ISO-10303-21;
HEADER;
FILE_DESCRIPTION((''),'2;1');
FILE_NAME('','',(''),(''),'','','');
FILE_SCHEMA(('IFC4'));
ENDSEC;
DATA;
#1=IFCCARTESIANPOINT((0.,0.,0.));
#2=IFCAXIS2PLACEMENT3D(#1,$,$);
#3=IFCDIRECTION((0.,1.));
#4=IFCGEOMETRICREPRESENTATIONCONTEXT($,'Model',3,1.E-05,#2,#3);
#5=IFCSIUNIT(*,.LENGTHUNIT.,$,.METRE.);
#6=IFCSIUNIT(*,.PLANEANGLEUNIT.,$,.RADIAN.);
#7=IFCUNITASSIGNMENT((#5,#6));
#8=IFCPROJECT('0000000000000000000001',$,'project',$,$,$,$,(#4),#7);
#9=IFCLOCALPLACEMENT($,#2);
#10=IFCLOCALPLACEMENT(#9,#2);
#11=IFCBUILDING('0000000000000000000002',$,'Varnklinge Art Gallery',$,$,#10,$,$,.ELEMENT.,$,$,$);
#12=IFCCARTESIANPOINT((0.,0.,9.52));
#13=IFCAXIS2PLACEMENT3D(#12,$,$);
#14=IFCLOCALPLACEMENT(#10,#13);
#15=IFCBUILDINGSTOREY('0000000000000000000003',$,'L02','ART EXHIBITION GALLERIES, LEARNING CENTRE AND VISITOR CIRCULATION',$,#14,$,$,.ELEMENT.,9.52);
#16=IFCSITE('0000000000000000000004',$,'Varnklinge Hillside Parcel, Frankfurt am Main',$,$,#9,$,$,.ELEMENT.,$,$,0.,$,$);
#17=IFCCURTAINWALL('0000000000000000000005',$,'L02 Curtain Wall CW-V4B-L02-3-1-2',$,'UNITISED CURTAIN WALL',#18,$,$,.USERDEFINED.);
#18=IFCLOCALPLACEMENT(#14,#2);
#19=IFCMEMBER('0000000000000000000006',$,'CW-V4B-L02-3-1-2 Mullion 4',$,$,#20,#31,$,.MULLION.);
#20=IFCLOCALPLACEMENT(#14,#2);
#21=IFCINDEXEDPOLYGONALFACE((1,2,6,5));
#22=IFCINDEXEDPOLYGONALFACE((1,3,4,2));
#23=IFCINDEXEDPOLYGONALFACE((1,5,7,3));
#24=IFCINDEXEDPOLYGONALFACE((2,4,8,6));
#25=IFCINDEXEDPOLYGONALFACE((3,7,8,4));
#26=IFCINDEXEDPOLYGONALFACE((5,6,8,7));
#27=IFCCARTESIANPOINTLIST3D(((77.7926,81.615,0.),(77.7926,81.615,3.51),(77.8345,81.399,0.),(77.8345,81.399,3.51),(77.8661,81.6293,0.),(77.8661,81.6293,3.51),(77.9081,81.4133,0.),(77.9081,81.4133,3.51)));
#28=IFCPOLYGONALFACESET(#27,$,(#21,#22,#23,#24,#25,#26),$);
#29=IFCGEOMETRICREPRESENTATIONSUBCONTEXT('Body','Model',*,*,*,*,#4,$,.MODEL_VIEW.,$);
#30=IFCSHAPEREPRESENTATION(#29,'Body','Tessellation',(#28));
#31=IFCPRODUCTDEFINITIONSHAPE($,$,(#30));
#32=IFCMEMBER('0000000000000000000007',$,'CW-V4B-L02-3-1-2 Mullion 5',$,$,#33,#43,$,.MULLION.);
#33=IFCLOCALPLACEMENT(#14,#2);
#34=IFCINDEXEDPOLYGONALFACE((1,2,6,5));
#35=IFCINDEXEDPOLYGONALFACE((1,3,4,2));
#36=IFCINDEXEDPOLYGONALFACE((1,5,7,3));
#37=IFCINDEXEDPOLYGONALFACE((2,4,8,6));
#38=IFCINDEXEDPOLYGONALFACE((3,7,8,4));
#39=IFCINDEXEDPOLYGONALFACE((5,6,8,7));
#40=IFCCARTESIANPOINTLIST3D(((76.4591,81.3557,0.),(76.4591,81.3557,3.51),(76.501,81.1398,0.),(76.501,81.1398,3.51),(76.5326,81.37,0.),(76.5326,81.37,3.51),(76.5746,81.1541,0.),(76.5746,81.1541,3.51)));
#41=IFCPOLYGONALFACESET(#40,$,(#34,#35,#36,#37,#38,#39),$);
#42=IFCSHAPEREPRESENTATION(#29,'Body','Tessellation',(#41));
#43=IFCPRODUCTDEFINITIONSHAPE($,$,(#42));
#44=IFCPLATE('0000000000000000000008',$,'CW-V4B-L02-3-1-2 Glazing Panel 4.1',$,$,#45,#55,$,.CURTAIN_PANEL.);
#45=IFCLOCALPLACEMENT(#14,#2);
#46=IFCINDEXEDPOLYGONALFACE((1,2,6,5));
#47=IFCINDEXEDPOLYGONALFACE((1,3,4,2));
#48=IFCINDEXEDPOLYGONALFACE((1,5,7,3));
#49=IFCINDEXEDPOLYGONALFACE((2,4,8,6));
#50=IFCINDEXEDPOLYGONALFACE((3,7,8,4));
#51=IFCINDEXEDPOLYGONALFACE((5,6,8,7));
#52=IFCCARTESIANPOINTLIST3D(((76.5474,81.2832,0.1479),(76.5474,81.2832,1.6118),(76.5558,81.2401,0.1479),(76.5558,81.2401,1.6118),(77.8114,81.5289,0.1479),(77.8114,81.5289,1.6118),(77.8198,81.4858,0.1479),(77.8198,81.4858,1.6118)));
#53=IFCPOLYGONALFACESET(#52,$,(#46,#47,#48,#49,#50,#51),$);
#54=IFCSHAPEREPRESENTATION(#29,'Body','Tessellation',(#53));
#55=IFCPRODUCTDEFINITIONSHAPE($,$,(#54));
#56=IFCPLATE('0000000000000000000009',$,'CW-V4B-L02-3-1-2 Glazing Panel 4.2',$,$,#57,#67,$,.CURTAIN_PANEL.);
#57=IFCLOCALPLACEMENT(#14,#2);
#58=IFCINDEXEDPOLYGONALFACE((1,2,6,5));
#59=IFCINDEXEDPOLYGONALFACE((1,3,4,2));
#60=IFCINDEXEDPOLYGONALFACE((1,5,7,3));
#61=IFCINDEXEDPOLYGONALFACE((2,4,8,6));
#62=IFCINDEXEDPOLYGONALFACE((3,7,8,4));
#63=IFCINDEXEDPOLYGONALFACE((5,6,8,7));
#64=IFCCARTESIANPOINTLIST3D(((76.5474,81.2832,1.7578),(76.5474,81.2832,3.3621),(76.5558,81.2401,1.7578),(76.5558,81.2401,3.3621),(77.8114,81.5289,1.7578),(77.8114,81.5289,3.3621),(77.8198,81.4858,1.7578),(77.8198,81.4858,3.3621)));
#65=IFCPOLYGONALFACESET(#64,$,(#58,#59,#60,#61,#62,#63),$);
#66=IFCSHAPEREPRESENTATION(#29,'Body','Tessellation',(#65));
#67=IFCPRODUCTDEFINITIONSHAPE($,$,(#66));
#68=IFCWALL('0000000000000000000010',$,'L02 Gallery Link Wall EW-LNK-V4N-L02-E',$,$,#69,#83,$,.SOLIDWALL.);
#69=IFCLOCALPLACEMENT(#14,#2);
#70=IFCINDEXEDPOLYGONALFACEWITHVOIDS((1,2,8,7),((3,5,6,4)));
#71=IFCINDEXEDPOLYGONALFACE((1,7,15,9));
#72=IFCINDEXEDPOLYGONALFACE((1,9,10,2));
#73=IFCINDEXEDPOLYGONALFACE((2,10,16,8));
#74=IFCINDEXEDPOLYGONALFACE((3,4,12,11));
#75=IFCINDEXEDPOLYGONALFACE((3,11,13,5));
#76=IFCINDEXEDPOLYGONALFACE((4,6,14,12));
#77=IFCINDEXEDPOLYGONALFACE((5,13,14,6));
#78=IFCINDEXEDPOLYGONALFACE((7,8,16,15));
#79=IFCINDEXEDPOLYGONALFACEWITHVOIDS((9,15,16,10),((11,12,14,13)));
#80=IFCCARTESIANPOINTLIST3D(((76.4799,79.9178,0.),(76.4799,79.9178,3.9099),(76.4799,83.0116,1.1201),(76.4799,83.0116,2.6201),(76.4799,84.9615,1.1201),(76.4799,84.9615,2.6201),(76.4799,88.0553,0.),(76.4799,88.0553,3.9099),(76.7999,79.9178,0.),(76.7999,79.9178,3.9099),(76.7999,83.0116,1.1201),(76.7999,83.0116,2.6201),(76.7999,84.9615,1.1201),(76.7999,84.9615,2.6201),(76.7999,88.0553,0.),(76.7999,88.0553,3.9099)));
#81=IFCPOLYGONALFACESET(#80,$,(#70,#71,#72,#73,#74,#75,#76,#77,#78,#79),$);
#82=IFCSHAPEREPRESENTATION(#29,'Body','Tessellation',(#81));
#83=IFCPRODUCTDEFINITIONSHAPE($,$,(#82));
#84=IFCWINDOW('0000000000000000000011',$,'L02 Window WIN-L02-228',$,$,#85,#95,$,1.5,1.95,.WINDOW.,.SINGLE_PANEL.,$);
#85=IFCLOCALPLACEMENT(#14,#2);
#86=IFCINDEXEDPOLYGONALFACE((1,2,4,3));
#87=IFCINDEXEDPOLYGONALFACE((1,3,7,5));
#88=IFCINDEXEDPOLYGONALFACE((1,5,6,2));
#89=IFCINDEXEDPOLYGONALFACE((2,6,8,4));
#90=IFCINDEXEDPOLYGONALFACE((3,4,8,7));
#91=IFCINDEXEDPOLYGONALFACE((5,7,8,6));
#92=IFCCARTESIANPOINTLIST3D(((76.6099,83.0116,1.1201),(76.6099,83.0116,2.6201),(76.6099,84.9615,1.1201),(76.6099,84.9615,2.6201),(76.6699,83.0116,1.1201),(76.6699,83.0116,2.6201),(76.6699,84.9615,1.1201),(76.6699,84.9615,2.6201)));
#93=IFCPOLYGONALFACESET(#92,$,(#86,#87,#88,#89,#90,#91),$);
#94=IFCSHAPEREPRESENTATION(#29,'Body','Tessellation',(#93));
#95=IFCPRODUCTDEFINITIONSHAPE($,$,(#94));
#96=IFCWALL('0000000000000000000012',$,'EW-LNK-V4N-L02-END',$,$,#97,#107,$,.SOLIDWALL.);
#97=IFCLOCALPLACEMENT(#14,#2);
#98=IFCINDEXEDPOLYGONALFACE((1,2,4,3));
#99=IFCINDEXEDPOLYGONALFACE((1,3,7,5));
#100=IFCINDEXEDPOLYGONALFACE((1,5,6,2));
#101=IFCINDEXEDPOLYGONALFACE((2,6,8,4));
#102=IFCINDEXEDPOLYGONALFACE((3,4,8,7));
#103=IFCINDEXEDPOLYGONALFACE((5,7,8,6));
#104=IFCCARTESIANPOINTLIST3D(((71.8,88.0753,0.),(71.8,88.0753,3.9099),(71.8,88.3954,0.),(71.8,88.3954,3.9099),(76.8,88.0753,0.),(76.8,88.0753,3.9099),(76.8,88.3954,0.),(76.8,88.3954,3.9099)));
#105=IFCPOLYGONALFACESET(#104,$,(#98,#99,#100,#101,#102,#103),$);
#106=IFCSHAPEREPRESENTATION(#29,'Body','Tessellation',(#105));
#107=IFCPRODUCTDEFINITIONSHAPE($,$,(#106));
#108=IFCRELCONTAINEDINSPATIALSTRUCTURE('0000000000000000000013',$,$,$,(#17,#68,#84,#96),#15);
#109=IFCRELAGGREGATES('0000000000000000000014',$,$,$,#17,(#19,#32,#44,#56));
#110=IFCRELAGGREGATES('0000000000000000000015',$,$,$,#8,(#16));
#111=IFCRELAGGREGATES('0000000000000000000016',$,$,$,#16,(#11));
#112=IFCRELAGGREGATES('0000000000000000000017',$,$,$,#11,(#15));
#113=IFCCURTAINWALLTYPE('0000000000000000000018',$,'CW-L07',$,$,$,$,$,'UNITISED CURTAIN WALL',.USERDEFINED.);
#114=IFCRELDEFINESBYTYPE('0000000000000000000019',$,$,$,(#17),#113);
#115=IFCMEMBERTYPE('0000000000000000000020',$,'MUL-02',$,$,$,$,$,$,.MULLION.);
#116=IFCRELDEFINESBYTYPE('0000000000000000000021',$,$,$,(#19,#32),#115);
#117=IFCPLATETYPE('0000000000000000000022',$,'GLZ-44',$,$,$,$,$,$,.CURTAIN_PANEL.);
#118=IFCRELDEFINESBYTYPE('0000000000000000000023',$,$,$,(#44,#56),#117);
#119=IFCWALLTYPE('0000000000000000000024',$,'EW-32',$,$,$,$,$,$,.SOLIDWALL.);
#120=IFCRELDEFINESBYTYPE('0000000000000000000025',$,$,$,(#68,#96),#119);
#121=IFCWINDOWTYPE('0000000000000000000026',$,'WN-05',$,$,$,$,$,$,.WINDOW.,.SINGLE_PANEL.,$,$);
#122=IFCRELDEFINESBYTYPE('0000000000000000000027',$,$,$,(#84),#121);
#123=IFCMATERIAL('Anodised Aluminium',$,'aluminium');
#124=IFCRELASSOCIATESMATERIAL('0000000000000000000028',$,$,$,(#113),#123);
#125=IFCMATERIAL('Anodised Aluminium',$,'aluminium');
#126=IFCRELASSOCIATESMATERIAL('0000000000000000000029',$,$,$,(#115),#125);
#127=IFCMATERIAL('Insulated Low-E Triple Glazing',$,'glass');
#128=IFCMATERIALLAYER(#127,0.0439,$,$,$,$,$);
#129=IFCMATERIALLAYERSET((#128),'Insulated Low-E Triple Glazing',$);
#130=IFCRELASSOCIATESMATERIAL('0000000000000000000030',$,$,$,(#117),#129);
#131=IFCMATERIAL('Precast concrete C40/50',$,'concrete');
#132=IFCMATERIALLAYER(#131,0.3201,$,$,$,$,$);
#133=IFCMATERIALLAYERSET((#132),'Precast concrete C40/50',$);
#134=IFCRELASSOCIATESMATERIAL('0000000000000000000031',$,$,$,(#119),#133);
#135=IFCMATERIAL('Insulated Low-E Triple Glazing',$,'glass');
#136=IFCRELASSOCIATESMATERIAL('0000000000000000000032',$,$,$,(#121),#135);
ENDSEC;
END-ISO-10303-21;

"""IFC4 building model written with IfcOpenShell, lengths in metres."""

from ifc_helpers import new_model, si_unit, direction, frame, frame_2d, origin, origin_2d, place, context, subcontext, project, spatial, rectangle, extrude, material, layer, layer_set, material_profile, profile_set, type_object, element, fill, aggregate, save


model = new_model("IFC4")

# Units and contexts
model_context = context("Model", 3, precision=1e-05, world=origin(), true_north=direction((0.0, 1.0)))
body_context = subcontext(model_context, "Body", "Model", "MODEL_VIEW")
ifc_project = project(units=[si_unit("LENGTHUNIT", "METRE"), si_unit("PLANEANGLEUNIT", "RADIAN")], contexts=[model_context])

# Site, building, storey
site_placement = place(None, origin())
site = spatial("IfcSite", under=ifc_project, at=site_placement, Name="Varnklinge Hillside Parcel, Frankfurt am Main", CompositionType="ELEMENT", RefElevation=0.0)
building_placement = place(site_placement, origin())
building = spatial("IfcBuilding", under=site, at=building_placement, Name="Varnklinge Art Gallery", CompositionType="ELEMENT")
storey_placement = place(building_placement, frame((0.0, 0.0, 9.52)))
storey = spatial("IfcBuildingStorey", under=building, at=storey_placement, Name="L02", Description="ART EXHIBITION GALLERIES, LEARNING CENTRE AND VISITOR CIRCULATION", CompositionType="ELEMENT", Elevation=9.52)

# Curtain wall, members, plates
ifc_material_1 = material(Name="Anodised Aluminium", Category="aluminium")
curtain_wall_type = type_object("IfcCurtainWallType", Name="CW-L07", ElementType="UNITISED CURTAIN WALL", PredefinedType="USERDEFINED", material=ifc_material_1)
curtain_wall_placement = place(storey_placement, origin())
curtain_wall = element("IfcCurtainWall", 1, at=curtain_wall_placement, inside=storey, type_object=curtain_wall_type, Name="L02 Curtain Wall CW-V4B-L02-3-1-2", ObjectType="UNITISED CURTAIN WALL", PredefinedType="USERDEFINED")
ifc_material_2 = material(Name="Anodised Aluminium", Category="aluminium")
ifc_material_profile_1 = material_profile(ifc_material_2, rectangle(XDim=0.075, YDim=0.22, at=origin_2d()), Name="ALU 75x220")
ifc_profile_set_1 = profile_set([ifc_material_profile_1], Name="Anodised Aluminium")
member_type = type_object("IfcMemberType", Name="MUL-02", PredefinedType="MULLION", material=ifc_profile_set_1)
member_1_placement = place(storey_placement, frame((77.8503, 81.5142, 0.0), z_axis=(0.0, 0.0, 1.0), x_axis=(-0.981627, -0.190809, 0.0)))
member_1 = element("IfcMember", 2, at=member_1_placement, type_object=member_type, Name="CW-V4B-L02-3-1-2 Mullion 4", PredefinedType="MULLION", context=body_context, shape_type="SweptSolid", body=[
    extrude(rectangle(XDim=0.075, YDim=0.22, at=origin_2d()), origin(), (0.0, 0.0, 1.0), 3.51),
])
member_2_placement = place(storey_placement, frame((76.5168, 81.2549, 0.0), z_axis=(0.0, 0.0, 1.0), x_axis=(-0.981627, -0.190809, 0.0)))
member_2 = element("IfcMember", 3, at=member_2_placement, type_object=member_type, Name="CW-V4B-L02-3-1-2 Mullion 5", PredefinedType="MULLION", context=body_context, shape_type="SweptSolid", body=[
    extrude(rectangle(XDim=0.075, YDim=0.22, at=origin_2d()), origin(), (0.0, 0.0, 1.0), 3.51),
])
ifc_material_3 = material(Name="Insulated Low-E Triple Glazing", Category="glass")
ifc_layer_1 = layer(ifc_material_3, 0.0439)
ifc_layer_set_1 = layer_set([ifc_layer_1], Name="Insulated Low-E Triple Glazing")
plate_type = type_object("IfcPlateType", Name="GLZ-44", PredefinedType="CURTAIN_PANEL", material=ifc_layer_set_1)
plate_1_placement = place(storey_placement, frame((77.1836, 81.3845, 0.1479), z_axis=(0.0, 0.0, 1.0), x_axis=(-0.981627, -0.190809, 0.0)))
plate_1 = element("IfcPlate", 4, at=plate_1_placement, type_object=plate_type, Name="CW-V4B-L02-3-1-2 Glazing Panel 4.1", PredefinedType="CURTAIN_PANEL", context=body_context, shape_type="SweptSolid", body=[
    extrude(rectangle(XDim=1.2876, YDim=0.0439, at=origin_2d()), origin(), (0.0, 0.0, 1.0), 1.4639),
])
plate_2_placement = place(storey_placement, frame((77.1836, 81.3845, 1.7578), z_axis=(0.0, 0.0, 1.0), x_axis=(-0.981627, -0.190809, 0.0)))
plate_2 = element("IfcPlate", 5, at=plate_2_placement, type_object=plate_type, Name="CW-V4B-L02-3-1-2 Glazing Panel 4.2", PredefinedType="CURTAIN_PANEL", context=body_context, shape_type="SweptSolid", body=[
    extrude(rectangle(XDim=1.2876, YDim=0.0439, at=origin_2d()), origin(), (0.0, 0.0, 1.0), 1.6042),
])
aggregate(curtain_wall, [member_1, member_2, plate_1, plate_2])

# Wall, opening, window
ifc_material_4 = material(Name="Precast concrete C40/50", Category="concrete")
ifc_layer_2 = layer(ifc_material_4, 0.3201)
ifc_layer_set_2 = layer_set([ifc_layer_2], Name="Precast concrete C40/50")
wall_type = type_object("IfcWallType", Name="EW-32", PredefinedType="SOLIDWALL", material=ifc_layer_set_2)
wall_1_placement = place(storey_placement, frame((76.6399, 88.0554, 0.0), z_axis=(0.0, 0.0, 1.0), x_axis=(0.0, -1.0, 0.0)))
wall_1 = element("IfcWall", 6, at=wall_1_placement, inside=storey, type_object=wall_type, Name="L02 Gallery Link Wall EW-LNK-V4N-L02-E", PredefinedType="SOLIDWALL", context=body_context, shape_type="SweptSolid", body=[
    extrude(rectangle(XDim=8.1375, YDim=0.3201, at=frame_2d((4.0688, 0.0))), origin(), (0.0, 0.0, 1.0), 3.9099),
])
opening_placement = place(wall_1_placement, frame((3.0938, 0.0, 1.1201)))
opening = element("IfcOpeningElement", 7, at=opening_placement, cuts=wall_1, PredefinedType="OPENING", context=body_context, shape_type="SweptSolid", body=[
    extrude(rectangle(XDim=1.95, YDim=1.5, at=frame_2d((0.9751, 0.75))), frame((0.0, 0.1702, 0.0), z_axis=(0.0, -1.0, 0.0), x_axis=(1.0, 0.0, 0.0)), (0.0, 0.0, 1.0), 0.3401),
])
ifc_material_5 = material(Name="Insulated Low-E Triple Glazing", Category="glass")
window_type = type_object("IfcWindowType", Name="WN-05", PartitioningType="SINGLE_PANEL", PredefinedType="WINDOW", material=ifc_material_5)
window_placement = place(opening_placement, origin())
window = element("IfcWindow", 8, at=window_placement, inside=storey, type_object=window_type, Name="L02 Window WIN-L02-228", OverallHeight=1.5, OverallWidth=1.95, PartitioningType="SINGLE_PANEL", PredefinedType="WINDOW", context=body_context, shape_type="SweptSolid", body=[
    extrude(rectangle(XDim=1.95, YDim=1.5, at=frame_2d((0.9751, 0.75))), frame((0.0, 0.03, 0.0), z_axis=(0.0, -1.0, 0.0), x_axis=(1.0, 0.0, 0.0)), (0.0, 0.0, 1.0), 0.0601),
])
fill(opening, window)

# Wall
wall_2_placement = place(storey_placement, frame((71.8, 88.2354, 0.0), z_axis=(0.0, 0.0, 1.0), x_axis=(1.0, 0.0, 0.0)))
element("IfcWall", 9, at=wall_2_placement, inside=storey, type_object=wall_type, Name="EW-LNK-V4N-L02-END", PredefinedType="SOLIDWALL", context=body_context, shape_type="SweptSolid", body=[
    extrude(rectangle(XDim=5.0, YDim=0.3201, at=frame_2d((2.5, 0.0))), origin(), (0.0, 0.0, 1.0), 3.9099),
])

save(model, "model.ifc")
